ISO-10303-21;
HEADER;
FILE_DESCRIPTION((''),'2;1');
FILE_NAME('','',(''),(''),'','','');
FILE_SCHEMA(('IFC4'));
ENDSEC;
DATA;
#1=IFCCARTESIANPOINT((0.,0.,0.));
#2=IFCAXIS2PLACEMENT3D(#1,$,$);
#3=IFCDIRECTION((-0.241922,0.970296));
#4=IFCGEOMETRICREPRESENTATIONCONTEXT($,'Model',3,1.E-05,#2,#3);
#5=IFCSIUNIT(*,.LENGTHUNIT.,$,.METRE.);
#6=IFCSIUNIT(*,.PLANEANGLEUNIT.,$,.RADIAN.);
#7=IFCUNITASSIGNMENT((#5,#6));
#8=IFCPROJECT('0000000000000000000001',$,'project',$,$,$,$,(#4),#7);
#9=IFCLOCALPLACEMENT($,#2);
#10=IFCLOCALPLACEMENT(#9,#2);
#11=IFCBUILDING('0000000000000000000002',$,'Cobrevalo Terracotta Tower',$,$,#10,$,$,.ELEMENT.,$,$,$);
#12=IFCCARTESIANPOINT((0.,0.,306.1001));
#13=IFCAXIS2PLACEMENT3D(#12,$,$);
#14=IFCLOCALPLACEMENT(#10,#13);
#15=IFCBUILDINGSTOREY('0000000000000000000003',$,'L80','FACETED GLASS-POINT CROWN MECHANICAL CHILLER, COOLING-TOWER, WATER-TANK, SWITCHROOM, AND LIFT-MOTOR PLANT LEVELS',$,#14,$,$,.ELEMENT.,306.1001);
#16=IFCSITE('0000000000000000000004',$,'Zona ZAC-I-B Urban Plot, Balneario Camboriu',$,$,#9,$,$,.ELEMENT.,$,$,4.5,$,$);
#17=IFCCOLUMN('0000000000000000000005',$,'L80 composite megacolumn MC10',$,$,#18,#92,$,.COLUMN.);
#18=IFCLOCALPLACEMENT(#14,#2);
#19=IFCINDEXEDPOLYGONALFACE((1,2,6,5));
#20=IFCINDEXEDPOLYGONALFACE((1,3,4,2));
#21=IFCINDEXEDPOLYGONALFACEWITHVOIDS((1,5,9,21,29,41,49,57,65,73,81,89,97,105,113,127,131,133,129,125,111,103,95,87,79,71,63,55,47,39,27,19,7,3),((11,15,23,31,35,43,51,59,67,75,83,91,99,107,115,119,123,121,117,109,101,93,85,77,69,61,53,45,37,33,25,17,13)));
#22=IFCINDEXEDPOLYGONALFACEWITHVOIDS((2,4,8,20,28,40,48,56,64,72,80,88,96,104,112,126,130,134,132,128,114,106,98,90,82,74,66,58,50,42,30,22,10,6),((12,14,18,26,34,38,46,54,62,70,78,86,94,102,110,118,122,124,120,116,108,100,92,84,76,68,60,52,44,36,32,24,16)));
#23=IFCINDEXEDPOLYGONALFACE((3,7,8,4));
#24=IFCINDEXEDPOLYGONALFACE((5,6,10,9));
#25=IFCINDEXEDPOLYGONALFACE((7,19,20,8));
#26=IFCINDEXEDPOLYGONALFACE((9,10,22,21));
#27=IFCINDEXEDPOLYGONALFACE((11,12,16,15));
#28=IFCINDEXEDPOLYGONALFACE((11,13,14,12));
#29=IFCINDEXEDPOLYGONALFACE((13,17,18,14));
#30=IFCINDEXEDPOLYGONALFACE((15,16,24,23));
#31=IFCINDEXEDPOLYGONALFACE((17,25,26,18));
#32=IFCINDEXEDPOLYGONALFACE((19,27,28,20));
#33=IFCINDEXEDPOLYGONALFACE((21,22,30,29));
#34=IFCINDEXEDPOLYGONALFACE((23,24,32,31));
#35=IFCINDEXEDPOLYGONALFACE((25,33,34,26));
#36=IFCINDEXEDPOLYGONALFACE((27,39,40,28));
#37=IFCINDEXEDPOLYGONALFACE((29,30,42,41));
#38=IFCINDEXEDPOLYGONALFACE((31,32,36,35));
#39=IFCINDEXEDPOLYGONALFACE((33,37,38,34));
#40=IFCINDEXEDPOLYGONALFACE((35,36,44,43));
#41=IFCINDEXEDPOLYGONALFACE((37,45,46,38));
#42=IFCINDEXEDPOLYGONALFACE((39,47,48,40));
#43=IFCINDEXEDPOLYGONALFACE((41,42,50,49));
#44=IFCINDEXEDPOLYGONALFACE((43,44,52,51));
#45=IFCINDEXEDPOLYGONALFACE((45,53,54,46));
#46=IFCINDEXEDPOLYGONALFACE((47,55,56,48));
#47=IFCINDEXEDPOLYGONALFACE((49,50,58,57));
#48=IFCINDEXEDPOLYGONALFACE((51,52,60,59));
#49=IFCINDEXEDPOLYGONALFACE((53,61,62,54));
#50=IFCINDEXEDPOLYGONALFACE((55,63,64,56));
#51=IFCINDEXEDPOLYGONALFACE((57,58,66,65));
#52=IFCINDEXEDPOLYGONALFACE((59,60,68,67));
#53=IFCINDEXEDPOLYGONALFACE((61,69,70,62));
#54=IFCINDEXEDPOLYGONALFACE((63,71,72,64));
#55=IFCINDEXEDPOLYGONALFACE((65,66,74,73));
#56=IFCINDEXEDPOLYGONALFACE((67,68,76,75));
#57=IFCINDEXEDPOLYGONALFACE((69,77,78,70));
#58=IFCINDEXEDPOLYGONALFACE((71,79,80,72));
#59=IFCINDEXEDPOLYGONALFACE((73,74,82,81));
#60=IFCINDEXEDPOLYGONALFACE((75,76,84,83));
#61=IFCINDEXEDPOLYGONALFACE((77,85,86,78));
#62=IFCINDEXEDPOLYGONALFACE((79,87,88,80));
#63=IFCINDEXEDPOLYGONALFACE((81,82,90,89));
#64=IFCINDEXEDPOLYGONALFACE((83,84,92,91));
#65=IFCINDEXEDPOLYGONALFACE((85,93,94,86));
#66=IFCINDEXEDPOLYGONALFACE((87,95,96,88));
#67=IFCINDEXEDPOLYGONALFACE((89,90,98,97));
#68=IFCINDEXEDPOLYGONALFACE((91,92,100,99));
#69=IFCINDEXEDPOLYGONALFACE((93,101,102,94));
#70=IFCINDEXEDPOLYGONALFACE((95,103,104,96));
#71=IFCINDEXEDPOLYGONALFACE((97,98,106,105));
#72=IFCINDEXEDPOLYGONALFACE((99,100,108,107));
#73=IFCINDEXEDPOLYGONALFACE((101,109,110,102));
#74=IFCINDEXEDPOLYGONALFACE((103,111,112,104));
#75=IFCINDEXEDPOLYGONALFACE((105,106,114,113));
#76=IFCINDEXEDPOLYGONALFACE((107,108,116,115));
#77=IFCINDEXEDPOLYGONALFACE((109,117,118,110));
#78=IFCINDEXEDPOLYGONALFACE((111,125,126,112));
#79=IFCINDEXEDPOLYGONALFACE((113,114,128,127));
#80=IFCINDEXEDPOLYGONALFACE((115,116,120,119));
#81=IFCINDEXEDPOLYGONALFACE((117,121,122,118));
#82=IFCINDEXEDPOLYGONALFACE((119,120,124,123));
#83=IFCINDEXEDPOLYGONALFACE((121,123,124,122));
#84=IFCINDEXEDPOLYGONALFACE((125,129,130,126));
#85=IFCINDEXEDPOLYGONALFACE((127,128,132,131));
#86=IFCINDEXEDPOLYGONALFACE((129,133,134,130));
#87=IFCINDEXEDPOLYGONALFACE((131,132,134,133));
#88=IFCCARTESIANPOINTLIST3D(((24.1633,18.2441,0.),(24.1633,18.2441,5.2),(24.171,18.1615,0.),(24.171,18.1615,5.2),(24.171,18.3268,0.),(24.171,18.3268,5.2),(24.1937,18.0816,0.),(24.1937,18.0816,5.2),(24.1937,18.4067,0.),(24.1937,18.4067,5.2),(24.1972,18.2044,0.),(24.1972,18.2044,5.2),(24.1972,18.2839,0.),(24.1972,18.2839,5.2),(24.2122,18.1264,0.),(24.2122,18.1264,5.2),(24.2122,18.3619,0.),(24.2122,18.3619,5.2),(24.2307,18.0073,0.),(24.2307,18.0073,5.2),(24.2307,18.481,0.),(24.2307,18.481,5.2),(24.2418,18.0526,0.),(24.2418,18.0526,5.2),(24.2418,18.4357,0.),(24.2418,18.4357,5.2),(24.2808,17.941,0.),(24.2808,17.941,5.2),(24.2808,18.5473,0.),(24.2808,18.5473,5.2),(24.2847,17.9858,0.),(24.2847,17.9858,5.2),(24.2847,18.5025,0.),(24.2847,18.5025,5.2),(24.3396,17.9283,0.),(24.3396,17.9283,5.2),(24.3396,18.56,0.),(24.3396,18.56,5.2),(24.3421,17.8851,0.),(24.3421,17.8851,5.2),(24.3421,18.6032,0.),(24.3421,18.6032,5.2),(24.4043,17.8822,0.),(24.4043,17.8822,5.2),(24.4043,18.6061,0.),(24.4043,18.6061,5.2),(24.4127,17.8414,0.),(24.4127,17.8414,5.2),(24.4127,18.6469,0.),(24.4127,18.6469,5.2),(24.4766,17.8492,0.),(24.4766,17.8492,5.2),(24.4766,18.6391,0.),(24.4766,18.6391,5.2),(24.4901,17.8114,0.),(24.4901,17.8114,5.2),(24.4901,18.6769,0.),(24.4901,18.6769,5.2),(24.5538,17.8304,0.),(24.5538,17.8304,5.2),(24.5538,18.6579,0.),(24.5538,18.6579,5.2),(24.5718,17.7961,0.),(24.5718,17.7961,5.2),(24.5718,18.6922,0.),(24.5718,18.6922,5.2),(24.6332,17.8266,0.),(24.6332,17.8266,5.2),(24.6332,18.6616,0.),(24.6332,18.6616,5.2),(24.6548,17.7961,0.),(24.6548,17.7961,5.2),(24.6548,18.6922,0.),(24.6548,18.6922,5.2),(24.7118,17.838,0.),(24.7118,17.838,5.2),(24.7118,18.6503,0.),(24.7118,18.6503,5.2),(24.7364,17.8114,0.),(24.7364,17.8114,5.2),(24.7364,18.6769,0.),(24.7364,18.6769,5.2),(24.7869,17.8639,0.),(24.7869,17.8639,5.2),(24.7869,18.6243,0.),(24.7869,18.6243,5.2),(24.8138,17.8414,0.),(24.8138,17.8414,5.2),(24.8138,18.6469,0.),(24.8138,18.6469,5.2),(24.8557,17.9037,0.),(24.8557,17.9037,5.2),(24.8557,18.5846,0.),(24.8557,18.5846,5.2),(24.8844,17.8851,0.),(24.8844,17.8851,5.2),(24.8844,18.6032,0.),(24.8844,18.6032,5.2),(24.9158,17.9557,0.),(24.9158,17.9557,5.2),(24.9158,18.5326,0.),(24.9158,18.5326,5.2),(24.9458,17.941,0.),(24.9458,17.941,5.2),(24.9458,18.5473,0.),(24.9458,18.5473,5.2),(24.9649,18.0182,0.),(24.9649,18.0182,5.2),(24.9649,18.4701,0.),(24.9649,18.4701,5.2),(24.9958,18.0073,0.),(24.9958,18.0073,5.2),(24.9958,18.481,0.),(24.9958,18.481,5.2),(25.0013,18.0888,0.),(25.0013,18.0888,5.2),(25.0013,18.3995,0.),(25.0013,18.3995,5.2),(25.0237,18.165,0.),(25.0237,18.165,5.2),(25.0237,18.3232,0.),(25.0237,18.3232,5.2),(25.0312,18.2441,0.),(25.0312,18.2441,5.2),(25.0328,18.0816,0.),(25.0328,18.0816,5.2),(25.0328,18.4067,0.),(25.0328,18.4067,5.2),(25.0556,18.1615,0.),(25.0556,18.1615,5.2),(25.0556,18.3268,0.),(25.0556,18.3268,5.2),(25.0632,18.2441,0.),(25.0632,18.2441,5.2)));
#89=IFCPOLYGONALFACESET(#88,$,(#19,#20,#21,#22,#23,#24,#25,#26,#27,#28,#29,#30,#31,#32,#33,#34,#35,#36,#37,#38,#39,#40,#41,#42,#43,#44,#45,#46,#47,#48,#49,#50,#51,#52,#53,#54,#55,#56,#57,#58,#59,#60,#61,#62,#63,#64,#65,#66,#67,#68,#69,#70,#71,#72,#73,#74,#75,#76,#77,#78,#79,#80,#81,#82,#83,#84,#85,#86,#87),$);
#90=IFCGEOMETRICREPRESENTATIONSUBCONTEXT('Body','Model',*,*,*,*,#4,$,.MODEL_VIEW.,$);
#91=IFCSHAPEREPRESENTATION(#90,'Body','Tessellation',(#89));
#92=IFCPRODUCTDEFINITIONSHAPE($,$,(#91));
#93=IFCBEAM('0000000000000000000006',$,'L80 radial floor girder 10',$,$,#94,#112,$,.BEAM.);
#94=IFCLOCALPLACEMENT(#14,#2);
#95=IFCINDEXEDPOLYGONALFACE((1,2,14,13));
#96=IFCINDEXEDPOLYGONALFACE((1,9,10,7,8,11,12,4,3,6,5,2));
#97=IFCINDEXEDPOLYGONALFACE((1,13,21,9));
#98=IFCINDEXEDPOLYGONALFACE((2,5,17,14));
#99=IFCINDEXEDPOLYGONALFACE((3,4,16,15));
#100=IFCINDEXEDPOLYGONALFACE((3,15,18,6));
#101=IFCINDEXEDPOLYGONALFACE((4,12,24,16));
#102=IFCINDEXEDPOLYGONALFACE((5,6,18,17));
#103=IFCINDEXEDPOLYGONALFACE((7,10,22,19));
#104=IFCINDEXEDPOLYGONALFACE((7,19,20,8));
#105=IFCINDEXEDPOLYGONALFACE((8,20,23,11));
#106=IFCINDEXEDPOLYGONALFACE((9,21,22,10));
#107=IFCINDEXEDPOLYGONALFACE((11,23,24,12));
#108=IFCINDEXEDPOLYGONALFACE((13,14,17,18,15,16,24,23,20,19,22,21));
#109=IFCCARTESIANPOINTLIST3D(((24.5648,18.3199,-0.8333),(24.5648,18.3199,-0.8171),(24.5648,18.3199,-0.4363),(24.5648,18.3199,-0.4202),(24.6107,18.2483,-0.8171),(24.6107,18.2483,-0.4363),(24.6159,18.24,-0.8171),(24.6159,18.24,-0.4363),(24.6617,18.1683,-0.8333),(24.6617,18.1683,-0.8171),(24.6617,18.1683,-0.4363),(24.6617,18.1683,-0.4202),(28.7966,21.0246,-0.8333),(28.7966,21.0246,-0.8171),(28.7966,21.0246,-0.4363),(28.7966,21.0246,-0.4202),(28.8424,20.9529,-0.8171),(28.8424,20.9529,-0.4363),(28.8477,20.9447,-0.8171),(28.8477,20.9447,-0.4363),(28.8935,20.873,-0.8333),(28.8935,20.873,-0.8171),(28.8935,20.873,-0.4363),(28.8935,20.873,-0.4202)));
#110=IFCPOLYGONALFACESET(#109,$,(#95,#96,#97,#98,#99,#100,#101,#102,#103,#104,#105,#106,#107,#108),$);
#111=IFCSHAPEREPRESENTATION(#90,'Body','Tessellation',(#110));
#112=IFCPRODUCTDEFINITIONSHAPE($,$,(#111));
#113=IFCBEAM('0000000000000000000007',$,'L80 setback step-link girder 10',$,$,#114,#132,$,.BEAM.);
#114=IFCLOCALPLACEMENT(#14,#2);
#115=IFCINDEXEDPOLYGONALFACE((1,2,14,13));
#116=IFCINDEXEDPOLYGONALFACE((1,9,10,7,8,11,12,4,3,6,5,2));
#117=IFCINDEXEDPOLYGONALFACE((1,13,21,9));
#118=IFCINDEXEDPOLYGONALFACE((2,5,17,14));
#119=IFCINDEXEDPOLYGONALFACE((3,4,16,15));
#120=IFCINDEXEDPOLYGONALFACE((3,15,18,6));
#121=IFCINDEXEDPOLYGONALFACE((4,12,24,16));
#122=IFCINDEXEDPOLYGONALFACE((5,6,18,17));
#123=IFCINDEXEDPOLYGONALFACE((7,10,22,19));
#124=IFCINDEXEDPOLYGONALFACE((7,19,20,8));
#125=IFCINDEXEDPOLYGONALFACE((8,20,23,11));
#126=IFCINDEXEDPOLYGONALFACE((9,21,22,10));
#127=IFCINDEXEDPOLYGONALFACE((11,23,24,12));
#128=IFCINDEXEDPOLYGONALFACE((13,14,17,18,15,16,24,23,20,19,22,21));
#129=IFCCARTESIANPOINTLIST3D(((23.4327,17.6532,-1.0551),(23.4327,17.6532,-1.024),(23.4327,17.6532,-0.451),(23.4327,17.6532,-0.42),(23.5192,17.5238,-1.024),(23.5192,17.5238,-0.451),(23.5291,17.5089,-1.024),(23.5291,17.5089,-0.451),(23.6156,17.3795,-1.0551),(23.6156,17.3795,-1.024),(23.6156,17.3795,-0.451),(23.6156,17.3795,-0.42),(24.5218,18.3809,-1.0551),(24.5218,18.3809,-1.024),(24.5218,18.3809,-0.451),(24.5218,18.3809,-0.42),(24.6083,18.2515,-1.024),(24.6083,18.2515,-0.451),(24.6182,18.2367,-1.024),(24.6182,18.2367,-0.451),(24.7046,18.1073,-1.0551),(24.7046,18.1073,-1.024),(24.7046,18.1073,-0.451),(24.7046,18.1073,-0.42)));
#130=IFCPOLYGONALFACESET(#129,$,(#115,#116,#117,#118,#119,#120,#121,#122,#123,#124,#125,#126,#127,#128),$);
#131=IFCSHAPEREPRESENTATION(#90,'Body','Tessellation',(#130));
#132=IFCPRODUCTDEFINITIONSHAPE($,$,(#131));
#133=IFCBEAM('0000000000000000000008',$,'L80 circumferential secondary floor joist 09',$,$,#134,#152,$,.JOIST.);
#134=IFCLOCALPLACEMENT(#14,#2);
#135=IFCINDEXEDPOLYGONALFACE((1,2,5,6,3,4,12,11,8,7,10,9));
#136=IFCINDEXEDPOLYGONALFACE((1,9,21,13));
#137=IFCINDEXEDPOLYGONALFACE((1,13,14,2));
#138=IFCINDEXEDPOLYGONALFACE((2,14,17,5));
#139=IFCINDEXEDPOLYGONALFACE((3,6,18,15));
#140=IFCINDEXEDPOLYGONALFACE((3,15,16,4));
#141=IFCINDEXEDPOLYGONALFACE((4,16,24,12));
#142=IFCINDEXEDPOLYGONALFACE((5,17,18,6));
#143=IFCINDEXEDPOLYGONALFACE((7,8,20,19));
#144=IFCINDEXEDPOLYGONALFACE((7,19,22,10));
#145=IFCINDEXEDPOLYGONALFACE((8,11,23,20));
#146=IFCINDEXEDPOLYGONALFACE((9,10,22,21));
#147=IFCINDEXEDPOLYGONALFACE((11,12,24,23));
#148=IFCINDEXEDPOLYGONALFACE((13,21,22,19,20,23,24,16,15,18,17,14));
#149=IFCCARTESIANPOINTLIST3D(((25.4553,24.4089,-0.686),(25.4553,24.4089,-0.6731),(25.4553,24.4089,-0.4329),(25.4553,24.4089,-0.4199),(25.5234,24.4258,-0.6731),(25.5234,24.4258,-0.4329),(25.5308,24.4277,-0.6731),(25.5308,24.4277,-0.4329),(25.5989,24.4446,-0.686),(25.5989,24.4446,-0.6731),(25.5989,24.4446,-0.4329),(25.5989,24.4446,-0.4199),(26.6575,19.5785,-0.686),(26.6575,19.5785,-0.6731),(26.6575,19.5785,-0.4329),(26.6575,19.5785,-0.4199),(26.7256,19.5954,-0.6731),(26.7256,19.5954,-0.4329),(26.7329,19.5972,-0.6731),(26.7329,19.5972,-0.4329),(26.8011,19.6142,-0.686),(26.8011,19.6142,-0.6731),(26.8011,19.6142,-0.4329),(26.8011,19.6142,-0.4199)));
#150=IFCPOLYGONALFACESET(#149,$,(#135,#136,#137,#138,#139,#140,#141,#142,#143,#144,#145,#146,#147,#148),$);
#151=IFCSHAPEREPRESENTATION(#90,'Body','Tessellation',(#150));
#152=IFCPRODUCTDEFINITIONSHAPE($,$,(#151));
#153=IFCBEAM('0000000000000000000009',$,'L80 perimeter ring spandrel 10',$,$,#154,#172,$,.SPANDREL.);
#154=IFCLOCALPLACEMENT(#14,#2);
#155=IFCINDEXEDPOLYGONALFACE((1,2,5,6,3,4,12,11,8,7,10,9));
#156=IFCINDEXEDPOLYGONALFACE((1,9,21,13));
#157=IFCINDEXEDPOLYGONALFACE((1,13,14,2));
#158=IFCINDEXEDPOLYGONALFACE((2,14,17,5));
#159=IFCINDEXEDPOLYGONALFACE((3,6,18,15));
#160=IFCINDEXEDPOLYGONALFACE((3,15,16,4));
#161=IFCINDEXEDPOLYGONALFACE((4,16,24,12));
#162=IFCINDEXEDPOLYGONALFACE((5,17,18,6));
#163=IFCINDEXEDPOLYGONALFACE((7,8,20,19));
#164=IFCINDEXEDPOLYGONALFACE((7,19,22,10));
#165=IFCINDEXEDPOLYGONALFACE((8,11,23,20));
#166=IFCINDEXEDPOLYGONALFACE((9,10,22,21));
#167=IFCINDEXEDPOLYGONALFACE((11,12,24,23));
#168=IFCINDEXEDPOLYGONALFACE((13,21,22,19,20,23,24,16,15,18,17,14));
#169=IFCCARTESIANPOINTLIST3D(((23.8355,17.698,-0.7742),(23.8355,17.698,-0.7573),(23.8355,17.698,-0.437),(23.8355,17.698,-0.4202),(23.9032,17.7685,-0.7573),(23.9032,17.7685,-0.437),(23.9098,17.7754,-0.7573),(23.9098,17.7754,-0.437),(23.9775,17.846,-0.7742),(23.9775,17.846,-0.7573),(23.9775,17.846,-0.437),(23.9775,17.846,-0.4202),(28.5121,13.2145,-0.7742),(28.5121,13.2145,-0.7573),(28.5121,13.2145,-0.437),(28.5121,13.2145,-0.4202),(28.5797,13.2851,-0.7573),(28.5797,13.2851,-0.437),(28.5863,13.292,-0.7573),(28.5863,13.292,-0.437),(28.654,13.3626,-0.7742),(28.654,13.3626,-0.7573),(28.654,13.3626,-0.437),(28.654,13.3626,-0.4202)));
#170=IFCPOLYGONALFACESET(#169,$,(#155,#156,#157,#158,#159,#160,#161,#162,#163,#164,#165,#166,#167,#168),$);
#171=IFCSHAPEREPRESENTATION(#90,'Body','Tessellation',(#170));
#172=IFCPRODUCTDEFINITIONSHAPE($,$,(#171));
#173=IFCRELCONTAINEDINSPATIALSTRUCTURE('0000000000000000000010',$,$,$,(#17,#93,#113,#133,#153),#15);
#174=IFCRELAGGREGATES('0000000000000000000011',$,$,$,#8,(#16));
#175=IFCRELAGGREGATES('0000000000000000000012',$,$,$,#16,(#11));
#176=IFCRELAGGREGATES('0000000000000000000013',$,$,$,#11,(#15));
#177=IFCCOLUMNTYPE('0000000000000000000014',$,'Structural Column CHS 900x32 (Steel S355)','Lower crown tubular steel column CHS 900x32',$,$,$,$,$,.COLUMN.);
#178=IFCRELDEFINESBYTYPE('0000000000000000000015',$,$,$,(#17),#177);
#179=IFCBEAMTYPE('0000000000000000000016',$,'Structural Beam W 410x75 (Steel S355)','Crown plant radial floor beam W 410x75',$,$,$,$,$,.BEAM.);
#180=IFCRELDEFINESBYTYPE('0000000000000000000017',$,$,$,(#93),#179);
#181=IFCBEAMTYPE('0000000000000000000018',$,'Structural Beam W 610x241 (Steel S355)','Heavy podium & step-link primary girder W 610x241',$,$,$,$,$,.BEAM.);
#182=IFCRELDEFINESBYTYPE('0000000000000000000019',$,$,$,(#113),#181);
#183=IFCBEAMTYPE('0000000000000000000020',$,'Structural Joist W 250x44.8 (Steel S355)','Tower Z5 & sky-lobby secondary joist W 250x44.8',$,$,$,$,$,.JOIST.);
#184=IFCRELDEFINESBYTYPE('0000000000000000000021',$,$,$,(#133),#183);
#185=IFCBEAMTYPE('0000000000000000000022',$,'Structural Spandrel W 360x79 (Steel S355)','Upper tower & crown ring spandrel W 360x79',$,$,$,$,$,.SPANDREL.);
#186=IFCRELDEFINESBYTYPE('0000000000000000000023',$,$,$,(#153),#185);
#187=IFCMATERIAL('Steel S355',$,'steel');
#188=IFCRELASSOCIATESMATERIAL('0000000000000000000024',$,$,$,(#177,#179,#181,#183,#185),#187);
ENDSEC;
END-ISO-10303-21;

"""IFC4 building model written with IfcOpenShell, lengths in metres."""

from ifc_helpers import new_model, si_unit, direction, frame, origin, origin_2d, place, context, subcontext, project, spatial, hollow_circle, i_section, extrude, material, material_profile, profile_set, type_object, element, save


model = new_model("IFC4")

# Units and contexts
model_context = context("Model", 3, precision=1e-05, world=origin(), true_north=direction((-0.241922, 0.970296)))
body_context = subcontext(model_context, "Body", "Model", "MODEL_VIEW")
ifc_project = project(units=[si_unit("LENGTHUNIT", "METRE"), si_unit("PLANEANGLEUNIT", "RADIAN")], contexts=[model_context])

# Site, building, storey
site_placement = place(None, origin())
site = spatial("IfcSite", under=ifc_project, at=site_placement, Name="Zona ZAC-I-B Urban Plot, Balneario Camboriu", CompositionType="ELEMENT", RefElevation=4.5)
building_placement = place(site_placement, origin())
building = spatial("IfcBuilding", under=site, at=building_placement, Name="Cobrevalo Terracotta Tower", CompositionType="ELEMENT")
storey_placement = place(building_placement, frame((0.0, 0.0, 306.1001)))
storey = spatial("IfcBuildingStorey", under=building, at=storey_placement, Name="L80", Description="FACETED GLASS-POINT CROWN MECHANICAL CHILLER, COOLING-TOWER, WATER-TANK, SWITCHROOM, AND LIFT-MOTOR PLANT LEVELS", CompositionType="ELEMENT", Elevation=306.1001)

# Column
ifc_material_1 = material(Name="Steel S355", Category="steel")
ifc_material_profile_1 = material_profile(ifc_material_1, hollow_circle(Radius=0.45, WallThickness=0.032, at=origin_2d()), Name="CHS 900x32")
ifc_profile_set_1 = profile_set([ifc_material_profile_1], Name="Steel S355")
column_type = type_object("IfcColumnType", Name="Structural Column CHS 900x32 (Steel S355)", Description="Lower crown tubular steel column CHS 900x32", PredefinedType="COLUMN", material=ifc_profile_set_1)
column_placement = place(storey_placement, frame((24.6133, 18.2441, 0.0), z_axis=(0.0, 0.0, 1.0), x_axis=(1.0, 0.0, 0.0)))
element("IfcColumn", 1, at=column_placement, inside=storey, type_object=column_type, Name="L80 composite megacolumn MC10", PredefinedType="COLUMN", context=body_context, shape_type="SweptSolid", body=[
    extrude(hollow_circle(Radius=0.45, WallThickness=0.032, at=origin_2d()), origin(), (0.0, 0.0, 1.0), 5.2),
])

# Beams
ifc_material_profile_2 = material_profile(ifc_material_1, i_section(OverallWidth=0.1799, OverallDepth=0.4131, WebThickness=0.0098, FlangeThickness=0.0161, at=origin_2d()), Name="W 410x75")
ifc_profile_set_2 = profile_set([ifc_material_profile_2], Name="Steel S355")
beam_type_1 = type_object("IfcBeamType", Name="Structural Beam W 410x75 (Steel S355)", Description="Crown plant radial floor beam W 410x75", PredefinedType="BEAM", material=ifc_profile_set_2)
beam_1_placement = place(storey_placement, frame((24.6133, 18.2441, -0.6267), z_axis=(0.842605, 0.538532, 0.0), x_axis=(-0.538532, 0.842605, 0.0)))
element("IfcBeam", 2, at=beam_1_placement, inside=storey, type_object=beam_type_1, Name="L80 radial floor girder 10", PredefinedType="BEAM", context=body_context, shape_type="SweptSolid", body=[
    extrude(i_section(OverallWidth=0.1799, OverallDepth=0.4131, WebThickness=0.0098, FlangeThickness=0.0161, at=origin_2d()), origin(), (0.0, 0.0, 1.0), 5.0222),
])
ifc_material_profile_3 = material_profile(ifc_material_1, i_section(OverallWidth=0.3291, OverallDepth=0.635, WebThickness=0.0178, FlangeThickness=0.031, at=origin_2d()), Name="W 610x241")
ifc_profile_set_3 = profile_set([ifc_material_profile_3], Name="Steel S355")
beam_type_2 = type_object("IfcBeamType", Name="Structural Beam W 610x241 (Steel S355)", Description="Heavy podium & step-link primary girder W 610x241", PredefinedType="BEAM", material=ifc_profile_set_3)
beam_2_placement = place(storey_placement, frame((23.5242, 17.5164, -0.7375), z_axis=(0.831448, 0.555603, 0.0), x_axis=(-0.555603, 0.831448, 0.0)))
element("IfcBeam", 3, at=beam_2_placement, inside=storey, type_object=beam_type_2, Name="L80 setback step-link girder 10", PredefinedType="BEAM", context=body_context, shape_type="SweptSolid", body=[
    extrude(i_section(OverallWidth=0.3291, OverallDepth=0.635, WebThickness=0.0178, FlangeThickness=0.031, at=origin_2d()), origin(), (0.0, 0.0, 1.0), 1.3098),
])
ifc_material_profile_4 = material_profile(ifc_material_1, i_section(OverallWidth=0.1479, OverallDepth=0.2661, WebThickness=0.0076, FlangeThickness=0.0129, at=origin_2d()), Name="W 250x44.8")
ifc_profile_set_4 = profile_set([ifc_material_profile_4], Name="Steel S355")
beam_type_3 = type_object("IfcBeamType", Name="Structural Joist W 250x44.8 (Steel S355)", Description="Tower Z5 & sky-lobby secondary joist W 250x44.8", PredefinedType="JOIST", material=ifc_profile_set_4)
beam_3_placement = place(storey_placement, frame((25.5271, 24.4268, -0.553), z_axis=(0.241508, -0.970399, 0.0), x_axis=(0.970399, 0.241508, 0.0)))
element("IfcBeam", 4, at=beam_3_placement, inside=storey, type_object=beam_type_3, Name="L80 circumferential secondary floor joist 09", PredefinedType="JOIST", context=body_context, shape_type="SweptSolid", body=[
    extrude(i_section(OverallWidth=0.1479, OverallDepth=0.2661, WebThickness=0.0076, FlangeThickness=0.0129, at=origin_2d()), origin(), (0.0, 0.0, 1.0), 4.9778),
])
ifc_material_profile_5 = material_profile(ifc_material_1, i_section(OverallWidth=0.2051, OverallDepth=0.354, WebThickness=0.0095, FlangeThickness=0.0168, at=origin_2d()), Name="W 360x79")
ifc_profile_set_5 = profile_set([ifc_material_profile_5], Name="Steel S355")
beam_type_4 = type_object("IfcBeamType", Name="Structural Spandrel W 360x79 (Steel S355)", Description="Upper tower & crown ring spandrel W 360x79", PredefinedType="SPANDREL", material=ifc_profile_set_5)
beam_4_placement = place(storey_placement, frame((23.9065, 17.772, -0.5972), z_axis=(0.721854, -0.692045, 0.0), x_axis=(0.692045, 0.721854, 0.0)))
element("IfcBeam", 5, at=beam_4_placement, inside=storey, type_object=beam_type_4, Name="L80 perimeter ring spandrel 10", PredefinedType="SPANDREL", context=body_context, shape_type="SweptSolid", body=[
    extrude(i_section(OverallWidth=0.2051, OverallDepth=0.354, WebThickness=0.0095, FlangeThickness=0.0168, at=origin_2d()), origin(), (0.0, 0.0, 1.0), 6.4785),
])

save(model, "model.ifc")
